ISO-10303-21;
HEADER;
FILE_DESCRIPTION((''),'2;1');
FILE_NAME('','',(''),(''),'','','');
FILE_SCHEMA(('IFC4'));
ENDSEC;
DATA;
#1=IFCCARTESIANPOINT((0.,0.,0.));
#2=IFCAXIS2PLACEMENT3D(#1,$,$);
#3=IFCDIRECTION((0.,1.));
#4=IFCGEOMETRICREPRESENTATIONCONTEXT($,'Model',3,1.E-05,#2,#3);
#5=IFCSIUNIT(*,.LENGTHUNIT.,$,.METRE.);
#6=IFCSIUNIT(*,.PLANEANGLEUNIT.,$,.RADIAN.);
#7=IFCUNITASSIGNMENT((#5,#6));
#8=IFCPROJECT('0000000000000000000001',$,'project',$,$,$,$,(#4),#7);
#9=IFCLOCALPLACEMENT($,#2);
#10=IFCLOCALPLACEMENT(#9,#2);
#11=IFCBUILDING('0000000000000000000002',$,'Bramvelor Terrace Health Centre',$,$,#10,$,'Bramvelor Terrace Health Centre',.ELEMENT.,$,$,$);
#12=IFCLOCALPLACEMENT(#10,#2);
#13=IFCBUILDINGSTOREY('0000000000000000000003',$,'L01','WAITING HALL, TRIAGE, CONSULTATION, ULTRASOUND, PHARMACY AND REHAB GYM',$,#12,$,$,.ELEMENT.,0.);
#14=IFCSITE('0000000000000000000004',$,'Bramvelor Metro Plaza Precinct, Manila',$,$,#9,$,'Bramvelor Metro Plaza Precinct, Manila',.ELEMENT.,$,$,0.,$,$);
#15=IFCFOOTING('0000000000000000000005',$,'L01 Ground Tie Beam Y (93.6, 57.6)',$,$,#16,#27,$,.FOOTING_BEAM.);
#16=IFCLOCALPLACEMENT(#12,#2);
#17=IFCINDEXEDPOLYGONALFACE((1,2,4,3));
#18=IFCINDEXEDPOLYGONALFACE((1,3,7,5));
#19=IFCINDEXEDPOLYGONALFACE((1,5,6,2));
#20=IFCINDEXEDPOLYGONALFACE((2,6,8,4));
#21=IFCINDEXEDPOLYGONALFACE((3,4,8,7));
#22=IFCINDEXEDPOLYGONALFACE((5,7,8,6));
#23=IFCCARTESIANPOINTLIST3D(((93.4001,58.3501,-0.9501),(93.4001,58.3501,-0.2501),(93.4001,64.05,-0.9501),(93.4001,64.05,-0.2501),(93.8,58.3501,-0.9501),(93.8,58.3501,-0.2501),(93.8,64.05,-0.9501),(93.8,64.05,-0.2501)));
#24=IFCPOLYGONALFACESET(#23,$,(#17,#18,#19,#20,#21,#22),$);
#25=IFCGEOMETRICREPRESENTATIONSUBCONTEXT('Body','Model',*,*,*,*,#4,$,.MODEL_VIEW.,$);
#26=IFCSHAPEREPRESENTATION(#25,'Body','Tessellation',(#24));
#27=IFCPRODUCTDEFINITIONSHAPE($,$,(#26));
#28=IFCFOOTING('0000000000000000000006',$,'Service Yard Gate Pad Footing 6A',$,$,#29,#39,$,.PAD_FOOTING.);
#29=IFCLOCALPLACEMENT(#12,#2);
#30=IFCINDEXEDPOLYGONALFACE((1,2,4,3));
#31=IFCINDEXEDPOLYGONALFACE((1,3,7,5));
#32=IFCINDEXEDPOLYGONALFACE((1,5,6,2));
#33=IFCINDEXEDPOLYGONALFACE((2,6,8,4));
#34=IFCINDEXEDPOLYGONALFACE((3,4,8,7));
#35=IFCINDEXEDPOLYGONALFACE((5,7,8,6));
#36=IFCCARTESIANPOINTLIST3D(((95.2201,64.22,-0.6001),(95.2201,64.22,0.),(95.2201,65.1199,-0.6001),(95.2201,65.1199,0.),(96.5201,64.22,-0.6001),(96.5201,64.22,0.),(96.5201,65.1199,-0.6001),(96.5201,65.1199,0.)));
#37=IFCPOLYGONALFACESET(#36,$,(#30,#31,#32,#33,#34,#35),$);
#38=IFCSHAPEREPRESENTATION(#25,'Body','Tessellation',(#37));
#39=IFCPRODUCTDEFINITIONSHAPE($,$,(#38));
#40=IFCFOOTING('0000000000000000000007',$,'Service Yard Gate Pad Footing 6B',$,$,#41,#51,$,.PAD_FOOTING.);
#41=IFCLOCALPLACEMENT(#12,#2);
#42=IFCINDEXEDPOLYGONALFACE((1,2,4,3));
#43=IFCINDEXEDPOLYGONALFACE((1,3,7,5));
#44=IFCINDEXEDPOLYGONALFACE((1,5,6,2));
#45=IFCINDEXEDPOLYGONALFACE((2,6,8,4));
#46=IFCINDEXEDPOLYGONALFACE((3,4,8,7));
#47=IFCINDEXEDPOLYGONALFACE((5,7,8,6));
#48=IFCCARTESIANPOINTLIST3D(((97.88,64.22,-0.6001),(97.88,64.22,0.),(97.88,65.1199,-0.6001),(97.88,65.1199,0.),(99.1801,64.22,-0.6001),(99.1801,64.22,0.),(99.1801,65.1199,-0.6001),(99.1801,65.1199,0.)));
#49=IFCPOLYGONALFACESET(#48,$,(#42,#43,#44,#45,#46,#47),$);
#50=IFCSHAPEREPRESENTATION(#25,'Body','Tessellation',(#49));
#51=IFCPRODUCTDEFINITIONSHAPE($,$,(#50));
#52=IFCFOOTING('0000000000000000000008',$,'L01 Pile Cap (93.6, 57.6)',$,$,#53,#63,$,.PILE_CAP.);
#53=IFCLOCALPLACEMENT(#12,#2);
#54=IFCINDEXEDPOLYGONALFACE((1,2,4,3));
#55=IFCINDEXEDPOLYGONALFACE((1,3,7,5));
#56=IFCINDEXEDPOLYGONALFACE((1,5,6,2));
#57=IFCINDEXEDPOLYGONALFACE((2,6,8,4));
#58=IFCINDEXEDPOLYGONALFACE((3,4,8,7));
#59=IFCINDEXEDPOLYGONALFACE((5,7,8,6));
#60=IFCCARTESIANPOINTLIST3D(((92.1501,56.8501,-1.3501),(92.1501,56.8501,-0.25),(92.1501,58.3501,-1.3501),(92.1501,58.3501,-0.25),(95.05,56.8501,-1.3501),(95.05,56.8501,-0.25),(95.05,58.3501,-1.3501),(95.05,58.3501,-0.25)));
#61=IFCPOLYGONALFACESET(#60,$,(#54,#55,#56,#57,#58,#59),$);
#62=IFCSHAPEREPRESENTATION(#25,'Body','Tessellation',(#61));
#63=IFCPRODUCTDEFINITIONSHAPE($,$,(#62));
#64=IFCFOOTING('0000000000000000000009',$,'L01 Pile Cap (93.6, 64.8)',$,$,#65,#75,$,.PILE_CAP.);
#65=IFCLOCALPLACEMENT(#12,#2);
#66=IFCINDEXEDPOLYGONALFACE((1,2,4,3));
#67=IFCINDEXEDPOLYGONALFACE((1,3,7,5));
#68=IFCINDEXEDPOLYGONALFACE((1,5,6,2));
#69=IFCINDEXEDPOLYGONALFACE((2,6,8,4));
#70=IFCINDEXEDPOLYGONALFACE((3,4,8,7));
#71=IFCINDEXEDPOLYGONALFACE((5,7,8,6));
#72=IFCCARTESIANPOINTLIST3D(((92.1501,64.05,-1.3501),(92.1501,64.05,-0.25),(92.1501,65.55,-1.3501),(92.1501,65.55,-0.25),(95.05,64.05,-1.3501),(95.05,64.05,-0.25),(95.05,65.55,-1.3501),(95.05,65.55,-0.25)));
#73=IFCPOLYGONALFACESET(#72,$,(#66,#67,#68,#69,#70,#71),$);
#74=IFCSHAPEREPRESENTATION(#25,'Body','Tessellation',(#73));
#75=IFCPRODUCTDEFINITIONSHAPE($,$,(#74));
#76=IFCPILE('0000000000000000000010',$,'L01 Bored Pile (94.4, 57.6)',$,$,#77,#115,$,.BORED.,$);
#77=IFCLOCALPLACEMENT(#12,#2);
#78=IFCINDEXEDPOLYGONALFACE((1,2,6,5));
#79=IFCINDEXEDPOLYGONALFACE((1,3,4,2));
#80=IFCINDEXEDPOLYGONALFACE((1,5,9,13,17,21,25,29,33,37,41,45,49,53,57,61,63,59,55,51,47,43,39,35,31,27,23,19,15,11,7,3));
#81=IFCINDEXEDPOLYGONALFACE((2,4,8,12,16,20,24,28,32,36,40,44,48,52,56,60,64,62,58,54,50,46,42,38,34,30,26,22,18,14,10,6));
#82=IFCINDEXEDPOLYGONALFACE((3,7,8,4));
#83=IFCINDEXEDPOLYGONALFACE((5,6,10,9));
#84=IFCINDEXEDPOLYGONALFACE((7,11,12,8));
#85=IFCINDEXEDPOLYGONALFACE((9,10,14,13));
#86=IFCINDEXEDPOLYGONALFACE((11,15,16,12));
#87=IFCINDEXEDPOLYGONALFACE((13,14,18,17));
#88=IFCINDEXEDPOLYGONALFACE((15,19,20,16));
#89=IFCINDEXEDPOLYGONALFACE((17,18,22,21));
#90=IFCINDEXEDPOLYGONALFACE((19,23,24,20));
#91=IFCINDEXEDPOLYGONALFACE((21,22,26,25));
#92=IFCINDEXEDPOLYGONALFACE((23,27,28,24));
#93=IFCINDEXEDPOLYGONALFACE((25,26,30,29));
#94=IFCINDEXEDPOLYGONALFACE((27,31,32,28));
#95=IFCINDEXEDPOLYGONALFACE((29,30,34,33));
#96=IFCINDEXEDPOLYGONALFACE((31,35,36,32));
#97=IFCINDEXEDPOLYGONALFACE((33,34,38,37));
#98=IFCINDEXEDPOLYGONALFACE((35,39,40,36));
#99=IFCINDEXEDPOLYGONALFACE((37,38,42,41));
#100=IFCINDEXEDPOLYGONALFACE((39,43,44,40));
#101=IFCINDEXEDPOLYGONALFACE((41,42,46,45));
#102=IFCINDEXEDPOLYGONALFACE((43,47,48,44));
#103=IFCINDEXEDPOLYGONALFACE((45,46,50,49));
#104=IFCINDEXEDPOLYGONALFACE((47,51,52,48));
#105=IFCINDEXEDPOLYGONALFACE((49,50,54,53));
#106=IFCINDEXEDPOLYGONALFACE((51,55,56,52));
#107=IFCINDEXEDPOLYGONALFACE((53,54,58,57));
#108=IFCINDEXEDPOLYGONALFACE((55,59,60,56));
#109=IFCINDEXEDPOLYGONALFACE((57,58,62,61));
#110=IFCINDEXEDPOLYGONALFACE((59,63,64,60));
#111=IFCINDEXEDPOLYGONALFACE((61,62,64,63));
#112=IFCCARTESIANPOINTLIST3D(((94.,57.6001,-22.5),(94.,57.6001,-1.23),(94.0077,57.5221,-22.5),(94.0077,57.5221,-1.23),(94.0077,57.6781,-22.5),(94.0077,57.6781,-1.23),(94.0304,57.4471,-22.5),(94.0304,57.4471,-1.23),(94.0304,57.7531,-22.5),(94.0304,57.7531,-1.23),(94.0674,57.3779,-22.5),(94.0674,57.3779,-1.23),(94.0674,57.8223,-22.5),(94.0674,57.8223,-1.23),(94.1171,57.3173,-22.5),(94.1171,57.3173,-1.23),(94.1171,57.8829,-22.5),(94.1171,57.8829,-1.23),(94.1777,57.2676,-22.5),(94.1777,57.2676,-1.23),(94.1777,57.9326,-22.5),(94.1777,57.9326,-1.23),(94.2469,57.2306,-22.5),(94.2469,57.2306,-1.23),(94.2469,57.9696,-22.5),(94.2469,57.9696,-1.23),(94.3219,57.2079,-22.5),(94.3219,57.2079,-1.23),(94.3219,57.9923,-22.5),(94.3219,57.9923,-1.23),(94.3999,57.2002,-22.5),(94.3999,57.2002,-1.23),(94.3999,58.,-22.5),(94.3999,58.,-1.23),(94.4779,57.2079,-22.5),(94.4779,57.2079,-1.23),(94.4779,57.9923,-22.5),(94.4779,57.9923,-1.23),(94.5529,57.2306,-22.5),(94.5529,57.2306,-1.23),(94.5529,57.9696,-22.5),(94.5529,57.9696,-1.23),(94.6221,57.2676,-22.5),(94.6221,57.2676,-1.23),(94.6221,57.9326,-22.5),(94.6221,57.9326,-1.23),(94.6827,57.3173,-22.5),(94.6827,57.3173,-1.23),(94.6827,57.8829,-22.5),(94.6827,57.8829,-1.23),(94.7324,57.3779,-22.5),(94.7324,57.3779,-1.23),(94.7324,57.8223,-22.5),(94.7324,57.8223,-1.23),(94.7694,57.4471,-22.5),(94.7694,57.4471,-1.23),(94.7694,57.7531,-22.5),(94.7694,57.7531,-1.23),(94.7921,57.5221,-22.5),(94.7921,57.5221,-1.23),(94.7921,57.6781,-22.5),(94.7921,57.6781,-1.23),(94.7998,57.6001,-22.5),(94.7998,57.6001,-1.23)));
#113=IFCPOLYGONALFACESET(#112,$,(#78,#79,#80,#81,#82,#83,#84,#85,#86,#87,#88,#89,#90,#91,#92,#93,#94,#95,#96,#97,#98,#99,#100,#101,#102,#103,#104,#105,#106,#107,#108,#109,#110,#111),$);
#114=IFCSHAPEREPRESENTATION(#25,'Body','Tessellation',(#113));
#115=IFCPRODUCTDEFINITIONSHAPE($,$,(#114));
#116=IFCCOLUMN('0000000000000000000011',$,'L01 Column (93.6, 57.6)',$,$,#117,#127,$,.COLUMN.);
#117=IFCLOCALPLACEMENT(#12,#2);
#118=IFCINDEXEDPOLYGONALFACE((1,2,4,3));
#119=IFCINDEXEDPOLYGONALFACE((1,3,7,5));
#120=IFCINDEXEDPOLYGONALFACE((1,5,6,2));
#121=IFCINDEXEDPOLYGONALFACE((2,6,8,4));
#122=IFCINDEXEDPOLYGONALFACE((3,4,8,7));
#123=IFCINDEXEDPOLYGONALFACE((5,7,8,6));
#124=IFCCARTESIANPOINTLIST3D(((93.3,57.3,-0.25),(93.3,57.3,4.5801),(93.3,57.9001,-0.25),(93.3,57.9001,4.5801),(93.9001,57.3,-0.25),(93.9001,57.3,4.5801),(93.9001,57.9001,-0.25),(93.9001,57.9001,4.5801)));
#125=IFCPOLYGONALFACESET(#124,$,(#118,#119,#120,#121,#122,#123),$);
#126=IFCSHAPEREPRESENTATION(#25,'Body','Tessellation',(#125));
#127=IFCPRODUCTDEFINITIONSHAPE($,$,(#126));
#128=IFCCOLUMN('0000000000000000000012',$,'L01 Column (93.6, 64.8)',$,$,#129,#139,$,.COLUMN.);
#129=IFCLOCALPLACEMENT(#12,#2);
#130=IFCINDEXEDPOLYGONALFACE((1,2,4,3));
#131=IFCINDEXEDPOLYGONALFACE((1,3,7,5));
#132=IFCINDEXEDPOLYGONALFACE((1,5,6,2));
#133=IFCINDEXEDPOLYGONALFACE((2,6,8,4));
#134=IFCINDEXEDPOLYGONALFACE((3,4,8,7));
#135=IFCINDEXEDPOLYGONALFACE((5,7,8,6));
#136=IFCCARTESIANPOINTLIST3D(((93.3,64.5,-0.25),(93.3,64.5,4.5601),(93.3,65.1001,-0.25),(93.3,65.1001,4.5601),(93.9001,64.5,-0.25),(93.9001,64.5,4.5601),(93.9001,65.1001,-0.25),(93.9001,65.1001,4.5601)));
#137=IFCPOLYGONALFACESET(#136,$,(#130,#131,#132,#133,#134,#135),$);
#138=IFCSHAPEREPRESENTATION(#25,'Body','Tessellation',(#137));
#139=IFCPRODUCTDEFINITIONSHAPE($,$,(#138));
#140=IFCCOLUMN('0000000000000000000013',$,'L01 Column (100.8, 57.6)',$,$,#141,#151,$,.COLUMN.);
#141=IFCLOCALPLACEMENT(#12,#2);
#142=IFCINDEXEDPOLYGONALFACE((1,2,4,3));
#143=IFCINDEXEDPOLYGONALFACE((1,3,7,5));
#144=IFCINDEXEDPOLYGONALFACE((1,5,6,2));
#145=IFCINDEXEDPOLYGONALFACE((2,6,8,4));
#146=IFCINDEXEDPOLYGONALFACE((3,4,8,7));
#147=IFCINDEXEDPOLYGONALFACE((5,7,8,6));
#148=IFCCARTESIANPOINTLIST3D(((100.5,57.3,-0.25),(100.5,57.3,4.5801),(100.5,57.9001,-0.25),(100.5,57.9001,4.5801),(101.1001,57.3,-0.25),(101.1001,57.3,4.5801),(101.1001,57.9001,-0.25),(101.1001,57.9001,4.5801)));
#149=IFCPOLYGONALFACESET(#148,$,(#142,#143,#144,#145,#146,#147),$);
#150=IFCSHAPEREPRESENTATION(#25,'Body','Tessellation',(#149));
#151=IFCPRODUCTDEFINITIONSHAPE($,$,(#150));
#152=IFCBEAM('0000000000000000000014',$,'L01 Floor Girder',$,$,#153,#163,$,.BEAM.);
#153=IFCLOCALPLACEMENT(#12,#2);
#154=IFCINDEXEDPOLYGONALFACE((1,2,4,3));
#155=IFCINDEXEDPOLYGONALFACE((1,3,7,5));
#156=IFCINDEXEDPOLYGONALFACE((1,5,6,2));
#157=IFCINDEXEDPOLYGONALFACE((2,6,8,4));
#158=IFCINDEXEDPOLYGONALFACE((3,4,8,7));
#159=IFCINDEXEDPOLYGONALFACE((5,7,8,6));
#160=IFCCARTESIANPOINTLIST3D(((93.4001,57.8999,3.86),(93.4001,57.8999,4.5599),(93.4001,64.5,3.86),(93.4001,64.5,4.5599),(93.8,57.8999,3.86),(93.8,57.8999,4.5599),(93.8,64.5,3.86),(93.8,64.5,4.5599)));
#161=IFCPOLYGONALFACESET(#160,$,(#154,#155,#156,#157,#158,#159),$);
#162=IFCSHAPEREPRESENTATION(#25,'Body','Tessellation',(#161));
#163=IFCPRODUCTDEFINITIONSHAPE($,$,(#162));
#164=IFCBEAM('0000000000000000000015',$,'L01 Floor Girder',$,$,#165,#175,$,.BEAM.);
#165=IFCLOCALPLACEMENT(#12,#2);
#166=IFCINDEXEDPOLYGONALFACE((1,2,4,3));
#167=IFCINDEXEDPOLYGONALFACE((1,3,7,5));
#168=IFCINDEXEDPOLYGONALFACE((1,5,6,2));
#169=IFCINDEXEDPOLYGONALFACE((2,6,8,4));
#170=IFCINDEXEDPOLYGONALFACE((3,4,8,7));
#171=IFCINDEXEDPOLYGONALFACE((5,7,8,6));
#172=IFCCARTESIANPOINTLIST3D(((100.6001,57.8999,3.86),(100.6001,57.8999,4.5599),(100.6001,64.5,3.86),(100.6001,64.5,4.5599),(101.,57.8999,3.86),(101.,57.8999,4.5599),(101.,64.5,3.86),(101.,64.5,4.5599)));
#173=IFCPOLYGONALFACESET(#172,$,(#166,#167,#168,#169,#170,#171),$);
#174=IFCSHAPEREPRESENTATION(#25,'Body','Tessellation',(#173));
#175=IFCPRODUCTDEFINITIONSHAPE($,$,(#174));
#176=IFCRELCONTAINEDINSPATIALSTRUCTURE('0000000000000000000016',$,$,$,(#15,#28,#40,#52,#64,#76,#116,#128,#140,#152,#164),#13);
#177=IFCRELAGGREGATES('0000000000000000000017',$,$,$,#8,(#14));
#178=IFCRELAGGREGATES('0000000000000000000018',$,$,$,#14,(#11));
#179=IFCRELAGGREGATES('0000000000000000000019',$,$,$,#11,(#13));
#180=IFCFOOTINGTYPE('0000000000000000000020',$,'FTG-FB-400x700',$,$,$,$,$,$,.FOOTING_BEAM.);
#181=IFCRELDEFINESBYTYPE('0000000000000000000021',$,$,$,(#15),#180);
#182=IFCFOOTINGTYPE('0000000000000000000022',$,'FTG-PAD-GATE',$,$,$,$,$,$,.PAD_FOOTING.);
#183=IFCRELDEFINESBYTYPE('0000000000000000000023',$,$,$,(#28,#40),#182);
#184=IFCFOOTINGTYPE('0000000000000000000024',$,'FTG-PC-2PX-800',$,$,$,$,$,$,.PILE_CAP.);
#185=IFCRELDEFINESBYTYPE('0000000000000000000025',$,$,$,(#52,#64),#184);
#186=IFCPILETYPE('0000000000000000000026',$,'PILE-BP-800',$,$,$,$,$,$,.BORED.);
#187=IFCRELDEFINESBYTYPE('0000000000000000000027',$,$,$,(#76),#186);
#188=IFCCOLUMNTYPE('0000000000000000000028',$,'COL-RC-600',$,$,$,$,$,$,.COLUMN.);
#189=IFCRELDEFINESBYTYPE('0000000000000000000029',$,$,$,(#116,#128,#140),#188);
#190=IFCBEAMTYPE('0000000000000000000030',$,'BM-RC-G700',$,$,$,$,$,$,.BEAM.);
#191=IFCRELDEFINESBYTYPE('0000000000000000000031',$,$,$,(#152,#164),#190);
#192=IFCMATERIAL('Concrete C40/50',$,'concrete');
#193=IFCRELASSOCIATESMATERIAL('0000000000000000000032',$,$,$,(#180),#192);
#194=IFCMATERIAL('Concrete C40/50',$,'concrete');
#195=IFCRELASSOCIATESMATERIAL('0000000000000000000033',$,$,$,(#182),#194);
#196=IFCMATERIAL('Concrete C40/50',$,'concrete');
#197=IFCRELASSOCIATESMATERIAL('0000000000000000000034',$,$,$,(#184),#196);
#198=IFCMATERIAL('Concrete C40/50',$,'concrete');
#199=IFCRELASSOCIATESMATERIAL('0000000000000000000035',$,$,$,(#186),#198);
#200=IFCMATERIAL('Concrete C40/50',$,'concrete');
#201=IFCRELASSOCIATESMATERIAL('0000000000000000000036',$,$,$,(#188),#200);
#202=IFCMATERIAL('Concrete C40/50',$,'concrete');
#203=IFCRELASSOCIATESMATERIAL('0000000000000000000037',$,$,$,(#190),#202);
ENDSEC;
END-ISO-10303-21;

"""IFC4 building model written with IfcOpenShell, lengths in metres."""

from ifc_helpers import new_model, si_unit, direction, frame, origin, origin_2d, place, context, subcontext, project, spatial, rectangle, circle, extrude, material, material_profile, profile_set, type_object, element, save


model = new_model("IFC4")

# Units and contexts
model_context = context("Model", 3, precision=1e-05, world=origin(), true_north=direction((0.0, 1.0)))
body_context = subcontext(model_context, "Body", "Model", "MODEL_VIEW")
ifc_project = project(units=[si_unit("LENGTHUNIT", "METRE"), si_unit("PLANEANGLEUNIT", "RADIAN")], contexts=[model_context])

# Site, building, storey
site_placement = place(None, origin())
site = spatial("IfcSite", under=ifc_project, at=site_placement, Name="Bramvelor Metro Plaza Precinct, Manila", LongName="Bramvelor Metro Plaza Precinct, Manila", CompositionType="ELEMENT", RefElevation=0.0)
building_placement = place(site_placement, origin())
building = spatial("IfcBuilding", under=site, at=building_placement, Name="Bramvelor Terrace Health Centre", LongName="Bramvelor Terrace Health Centre", CompositionType="ELEMENT")
storey_placement = place(building_placement, origin())
storey = spatial("IfcBuildingStorey", under=building, at=storey_placement, Name="L01", Description="WAITING HALL, TRIAGE, CONSULTATION, ULTRASOUND, PHARMACY AND REHAB GYM", CompositionType="ELEMENT", Elevation=0.0)

# Footings
ifc_material_1 = material(Name="Concrete C40/50", Category="concrete")
ifc_material_profile_1 = material_profile(ifc_material_1, rectangle(XDim=0.3999, YDim=0.7, at=origin_2d()), Name="RC 400x700")
ifc_profile_set_1 = profile_set([ifc_material_profile_1], Name="Concrete C40/50")
footing_type_1 = type_object("IfcFootingType", Name="FTG-FB-400x700", PredefinedType="FOOTING_BEAM", material=ifc_profile_set_1)
footing_placement = place(storey_placement, frame((93.6001, 58.3501, -0.6001), z_axis=(0.0, 1.0, 0.0), x_axis=(-1.0, 0.0, 0.0)))
element("IfcFooting", 1, at=footing_placement, inside=storey, type_object=footing_type_1, Name="L01 Ground Tie Beam Y (93.6, 57.6)", PredefinedType="FOOTING_BEAM", context=body_context, shape_type="SweptSolid", body=[
    extrude(rectangle(XDim=0.3999, YDim=0.7, at=origin_2d()), origin(), (0.0, 0.0, 1.0), 5.7),
])
ifc_material_2 = material(Name="Concrete C40/50", Category="concrete")
footing_type_2 = type_object("IfcFootingType", Name="FTG-PAD-GATE", PredefinedType="PAD_FOOTING", material=ifc_material_2)
for number, where, z_axis, x_axis, name in (
    (2, (95.8701, 64.6699, -0.6001), (0.0, 0.0, 1.0), (1.0, 0.0, 0.0), "Service Yard Gate Pad Footing 6A"),
    (3, (98.53, 64.6699, -0.6001), (0.0, 0.0, 1.0), (1.0, 0.0, 0.0), "Service Yard Gate Pad Footing 6B"),
):
    element("IfcFooting", number, at=place(storey_placement, frame(where, z_axis=z_axis, x_axis=x_axis)), inside=storey, type_object=footing_type_2, Name=name, PredefinedType="PAD_FOOTING", context=body_context, shape_type="SweptSolid", body=[
        extrude(rectangle(XDim=1.3, YDim=0.8999, at=origin_2d()), origin(), (0.0, 0.0, 1.0), 0.6001),
    ])
ifc_material_3 = material(Name="Concrete C40/50", Category="concrete")
footing_type_3 = type_object("IfcFootingType", Name="FTG-PC-2PX-800", PredefinedType="PILE_CAP", material=ifc_material_3)
for number, where, z_axis, x_axis, name in (
    (4, (93.6001, 57.6001, -1.3501), (0.0, 0.0, 1.0), (1.0, 0.0, 0.0), "L01 Pile Cap (93.6, 57.6)"),
    (5, (93.6001, 64.8, -1.3501), (0.0, 0.0, 1.0), (1.0, 0.0, 0.0), "L01 Pile Cap (93.6, 64.8)"),
):
    element("IfcFooting", number, at=place(storey_placement, frame(where, z_axis=z_axis, x_axis=x_axis)), inside=storey, type_object=footing_type_3, Name=name, PredefinedType="PILE_CAP", context=body_context, shape_type="SweptSolid", body=[
        extrude(rectangle(XDim=2.8999, YDim=1.5, at=origin_2d()), origin(), (0.0, 0.0, 1.0), 1.1001),
    ])

# Pile
ifc_material_4 = material(Name="Concrete C40/50", Category="concrete")
ifc_material_profile_2 = material_profile(ifc_material_4, circle(Radius=0.3999, at=origin_2d()), Name="BP D800")
ifc_profile_set_2 = profile_set([ifc_material_profile_2], Name="Concrete C40/50")
pile_type = type_object("IfcPileType", Name="PILE-BP-800", PredefinedType="BORED", material=ifc_profile_set_2)
pile_placement = place(storey_placement, frame((94.3999, 57.6001, -1.23), z_axis=(0.0, 0.0, -1.0), x_axis=(1.0, 0.0, 0.0)))
element("IfcPile", 6, at=pile_placement, inside=storey, type_object=pile_type, Name="L01 Bored Pile (94.4, 57.6)", PredefinedType="BORED", context=body_context, shape_type="SweptSolid", body=[
    extrude(circle(Radius=0.3999, at=origin_2d()), origin(), (0.0, 0.0, 1.0), 21.27),
])

# Columns
ifc_material_5 = material(Name="Concrete C40/50", Category="concrete")
ifc_material_profile_3 = material_profile(ifc_material_5, rectangle(XDim=0.6001, YDim=0.6001, at=origin_2d()), Name="RC 600x600")
ifc_profile_set_3 = profile_set([ifc_material_profile_3], Name="Concrete C40/50")
column_type = type_object("IfcColumnType", Name="COL-RC-600", PredefinedType="COLUMN", material=ifc_profile_set_3)
column_1_placement = place(storey_placement, frame((93.6001, 57.6001, -0.25), z_axis=(0.0, 0.0, 1.0), x_axis=(1.0, 0.0, 0.0)))
element("IfcColumn", 7, at=column_1_placement, inside=storey, type_object=column_type, Name="L01 Column (93.6, 57.6)", PredefinedType="COLUMN", context=body_context, shape_type="SweptSolid", body=[
    extrude(rectangle(XDim=0.6001, YDim=0.6001, at=origin_2d()), origin(), (0.0, 0.0, 1.0), 4.8301),
])
column_2_placement = place(storey_placement, frame((93.6001, 64.8, -0.25), z_axis=(0.0, 0.0, 1.0), x_axis=(1.0, 0.0, 0.0)))
element("IfcColumn", 8, at=column_2_placement, inside=storey, type_object=column_type, Name="L01 Column (93.6, 64.8)", PredefinedType="COLUMN", context=body_context, shape_type="SweptSolid", body=[
    extrude(rectangle(XDim=0.6001, YDim=0.6001, at=origin_2d()), origin(), (0.0, 0.0, 1.0), 4.8101),
])
column_3_placement = place(storey_placement, frame((100.8, 57.6001, -0.25), z_axis=(0.0, 0.0, 1.0), x_axis=(1.0, 0.0, 0.0)))
element("IfcColumn", 9, at=column_3_placement, inside=storey, type_object=column_type, Name="L01 Column (100.8, 57.6)", PredefinedType="COLUMN", context=body_context, shape_type="SweptSolid", body=[
    extrude(rectangle(XDim=0.6001, YDim=0.6001, at=origin_2d()), origin(), (0.0, 0.0, 1.0), 4.8301),
])

# Beams
ifc_material_6 = material(Name="Concrete C40/50", Category="concrete")
ifc_material_profile_4 = material_profile(ifc_material_6, rectangle(XDim=0.3999, YDim=0.7, at=origin_2d()), Name="RC 400x700")
ifc_profile_set_4 = profile_set([ifc_material_profile_4], Name="Concrete C40/50")
beam_type_1 = type_object("IfcBeamType", Name="BM-RC-G700", PredefinedType="BEAM", material=ifc_profile_set_4)
for number, where, z_axis, x_axis, name in (
    (10, (93.6001, 57.8999, 4.21), (0.0, 1.0, 0.0), (-1.0, 0.0, 0.0), "L01 Floor Girder"),
    (11, (100.8, 57.8999, 4.21), (0.0, 1.0, 0.0), (-1.0, 0.0, 0.0), "L01 Floor Girder"),
):
    element("IfcBeam", number, at=place(storey_placement, frame(where, z_axis=z_axis, x_axis=x_axis)), inside=storey, type_object=beam_type_1, Name=name, PredefinedType="BEAM", context=body_context, shape_type="SweptSolid", body=[
        extrude(rectangle(XDim=0.3999, YDim=0.7, at=origin_2d()), origin(), (0.0, 0.0, 1.0), 6.6001),
    ])

save(model, "model.ifc")
